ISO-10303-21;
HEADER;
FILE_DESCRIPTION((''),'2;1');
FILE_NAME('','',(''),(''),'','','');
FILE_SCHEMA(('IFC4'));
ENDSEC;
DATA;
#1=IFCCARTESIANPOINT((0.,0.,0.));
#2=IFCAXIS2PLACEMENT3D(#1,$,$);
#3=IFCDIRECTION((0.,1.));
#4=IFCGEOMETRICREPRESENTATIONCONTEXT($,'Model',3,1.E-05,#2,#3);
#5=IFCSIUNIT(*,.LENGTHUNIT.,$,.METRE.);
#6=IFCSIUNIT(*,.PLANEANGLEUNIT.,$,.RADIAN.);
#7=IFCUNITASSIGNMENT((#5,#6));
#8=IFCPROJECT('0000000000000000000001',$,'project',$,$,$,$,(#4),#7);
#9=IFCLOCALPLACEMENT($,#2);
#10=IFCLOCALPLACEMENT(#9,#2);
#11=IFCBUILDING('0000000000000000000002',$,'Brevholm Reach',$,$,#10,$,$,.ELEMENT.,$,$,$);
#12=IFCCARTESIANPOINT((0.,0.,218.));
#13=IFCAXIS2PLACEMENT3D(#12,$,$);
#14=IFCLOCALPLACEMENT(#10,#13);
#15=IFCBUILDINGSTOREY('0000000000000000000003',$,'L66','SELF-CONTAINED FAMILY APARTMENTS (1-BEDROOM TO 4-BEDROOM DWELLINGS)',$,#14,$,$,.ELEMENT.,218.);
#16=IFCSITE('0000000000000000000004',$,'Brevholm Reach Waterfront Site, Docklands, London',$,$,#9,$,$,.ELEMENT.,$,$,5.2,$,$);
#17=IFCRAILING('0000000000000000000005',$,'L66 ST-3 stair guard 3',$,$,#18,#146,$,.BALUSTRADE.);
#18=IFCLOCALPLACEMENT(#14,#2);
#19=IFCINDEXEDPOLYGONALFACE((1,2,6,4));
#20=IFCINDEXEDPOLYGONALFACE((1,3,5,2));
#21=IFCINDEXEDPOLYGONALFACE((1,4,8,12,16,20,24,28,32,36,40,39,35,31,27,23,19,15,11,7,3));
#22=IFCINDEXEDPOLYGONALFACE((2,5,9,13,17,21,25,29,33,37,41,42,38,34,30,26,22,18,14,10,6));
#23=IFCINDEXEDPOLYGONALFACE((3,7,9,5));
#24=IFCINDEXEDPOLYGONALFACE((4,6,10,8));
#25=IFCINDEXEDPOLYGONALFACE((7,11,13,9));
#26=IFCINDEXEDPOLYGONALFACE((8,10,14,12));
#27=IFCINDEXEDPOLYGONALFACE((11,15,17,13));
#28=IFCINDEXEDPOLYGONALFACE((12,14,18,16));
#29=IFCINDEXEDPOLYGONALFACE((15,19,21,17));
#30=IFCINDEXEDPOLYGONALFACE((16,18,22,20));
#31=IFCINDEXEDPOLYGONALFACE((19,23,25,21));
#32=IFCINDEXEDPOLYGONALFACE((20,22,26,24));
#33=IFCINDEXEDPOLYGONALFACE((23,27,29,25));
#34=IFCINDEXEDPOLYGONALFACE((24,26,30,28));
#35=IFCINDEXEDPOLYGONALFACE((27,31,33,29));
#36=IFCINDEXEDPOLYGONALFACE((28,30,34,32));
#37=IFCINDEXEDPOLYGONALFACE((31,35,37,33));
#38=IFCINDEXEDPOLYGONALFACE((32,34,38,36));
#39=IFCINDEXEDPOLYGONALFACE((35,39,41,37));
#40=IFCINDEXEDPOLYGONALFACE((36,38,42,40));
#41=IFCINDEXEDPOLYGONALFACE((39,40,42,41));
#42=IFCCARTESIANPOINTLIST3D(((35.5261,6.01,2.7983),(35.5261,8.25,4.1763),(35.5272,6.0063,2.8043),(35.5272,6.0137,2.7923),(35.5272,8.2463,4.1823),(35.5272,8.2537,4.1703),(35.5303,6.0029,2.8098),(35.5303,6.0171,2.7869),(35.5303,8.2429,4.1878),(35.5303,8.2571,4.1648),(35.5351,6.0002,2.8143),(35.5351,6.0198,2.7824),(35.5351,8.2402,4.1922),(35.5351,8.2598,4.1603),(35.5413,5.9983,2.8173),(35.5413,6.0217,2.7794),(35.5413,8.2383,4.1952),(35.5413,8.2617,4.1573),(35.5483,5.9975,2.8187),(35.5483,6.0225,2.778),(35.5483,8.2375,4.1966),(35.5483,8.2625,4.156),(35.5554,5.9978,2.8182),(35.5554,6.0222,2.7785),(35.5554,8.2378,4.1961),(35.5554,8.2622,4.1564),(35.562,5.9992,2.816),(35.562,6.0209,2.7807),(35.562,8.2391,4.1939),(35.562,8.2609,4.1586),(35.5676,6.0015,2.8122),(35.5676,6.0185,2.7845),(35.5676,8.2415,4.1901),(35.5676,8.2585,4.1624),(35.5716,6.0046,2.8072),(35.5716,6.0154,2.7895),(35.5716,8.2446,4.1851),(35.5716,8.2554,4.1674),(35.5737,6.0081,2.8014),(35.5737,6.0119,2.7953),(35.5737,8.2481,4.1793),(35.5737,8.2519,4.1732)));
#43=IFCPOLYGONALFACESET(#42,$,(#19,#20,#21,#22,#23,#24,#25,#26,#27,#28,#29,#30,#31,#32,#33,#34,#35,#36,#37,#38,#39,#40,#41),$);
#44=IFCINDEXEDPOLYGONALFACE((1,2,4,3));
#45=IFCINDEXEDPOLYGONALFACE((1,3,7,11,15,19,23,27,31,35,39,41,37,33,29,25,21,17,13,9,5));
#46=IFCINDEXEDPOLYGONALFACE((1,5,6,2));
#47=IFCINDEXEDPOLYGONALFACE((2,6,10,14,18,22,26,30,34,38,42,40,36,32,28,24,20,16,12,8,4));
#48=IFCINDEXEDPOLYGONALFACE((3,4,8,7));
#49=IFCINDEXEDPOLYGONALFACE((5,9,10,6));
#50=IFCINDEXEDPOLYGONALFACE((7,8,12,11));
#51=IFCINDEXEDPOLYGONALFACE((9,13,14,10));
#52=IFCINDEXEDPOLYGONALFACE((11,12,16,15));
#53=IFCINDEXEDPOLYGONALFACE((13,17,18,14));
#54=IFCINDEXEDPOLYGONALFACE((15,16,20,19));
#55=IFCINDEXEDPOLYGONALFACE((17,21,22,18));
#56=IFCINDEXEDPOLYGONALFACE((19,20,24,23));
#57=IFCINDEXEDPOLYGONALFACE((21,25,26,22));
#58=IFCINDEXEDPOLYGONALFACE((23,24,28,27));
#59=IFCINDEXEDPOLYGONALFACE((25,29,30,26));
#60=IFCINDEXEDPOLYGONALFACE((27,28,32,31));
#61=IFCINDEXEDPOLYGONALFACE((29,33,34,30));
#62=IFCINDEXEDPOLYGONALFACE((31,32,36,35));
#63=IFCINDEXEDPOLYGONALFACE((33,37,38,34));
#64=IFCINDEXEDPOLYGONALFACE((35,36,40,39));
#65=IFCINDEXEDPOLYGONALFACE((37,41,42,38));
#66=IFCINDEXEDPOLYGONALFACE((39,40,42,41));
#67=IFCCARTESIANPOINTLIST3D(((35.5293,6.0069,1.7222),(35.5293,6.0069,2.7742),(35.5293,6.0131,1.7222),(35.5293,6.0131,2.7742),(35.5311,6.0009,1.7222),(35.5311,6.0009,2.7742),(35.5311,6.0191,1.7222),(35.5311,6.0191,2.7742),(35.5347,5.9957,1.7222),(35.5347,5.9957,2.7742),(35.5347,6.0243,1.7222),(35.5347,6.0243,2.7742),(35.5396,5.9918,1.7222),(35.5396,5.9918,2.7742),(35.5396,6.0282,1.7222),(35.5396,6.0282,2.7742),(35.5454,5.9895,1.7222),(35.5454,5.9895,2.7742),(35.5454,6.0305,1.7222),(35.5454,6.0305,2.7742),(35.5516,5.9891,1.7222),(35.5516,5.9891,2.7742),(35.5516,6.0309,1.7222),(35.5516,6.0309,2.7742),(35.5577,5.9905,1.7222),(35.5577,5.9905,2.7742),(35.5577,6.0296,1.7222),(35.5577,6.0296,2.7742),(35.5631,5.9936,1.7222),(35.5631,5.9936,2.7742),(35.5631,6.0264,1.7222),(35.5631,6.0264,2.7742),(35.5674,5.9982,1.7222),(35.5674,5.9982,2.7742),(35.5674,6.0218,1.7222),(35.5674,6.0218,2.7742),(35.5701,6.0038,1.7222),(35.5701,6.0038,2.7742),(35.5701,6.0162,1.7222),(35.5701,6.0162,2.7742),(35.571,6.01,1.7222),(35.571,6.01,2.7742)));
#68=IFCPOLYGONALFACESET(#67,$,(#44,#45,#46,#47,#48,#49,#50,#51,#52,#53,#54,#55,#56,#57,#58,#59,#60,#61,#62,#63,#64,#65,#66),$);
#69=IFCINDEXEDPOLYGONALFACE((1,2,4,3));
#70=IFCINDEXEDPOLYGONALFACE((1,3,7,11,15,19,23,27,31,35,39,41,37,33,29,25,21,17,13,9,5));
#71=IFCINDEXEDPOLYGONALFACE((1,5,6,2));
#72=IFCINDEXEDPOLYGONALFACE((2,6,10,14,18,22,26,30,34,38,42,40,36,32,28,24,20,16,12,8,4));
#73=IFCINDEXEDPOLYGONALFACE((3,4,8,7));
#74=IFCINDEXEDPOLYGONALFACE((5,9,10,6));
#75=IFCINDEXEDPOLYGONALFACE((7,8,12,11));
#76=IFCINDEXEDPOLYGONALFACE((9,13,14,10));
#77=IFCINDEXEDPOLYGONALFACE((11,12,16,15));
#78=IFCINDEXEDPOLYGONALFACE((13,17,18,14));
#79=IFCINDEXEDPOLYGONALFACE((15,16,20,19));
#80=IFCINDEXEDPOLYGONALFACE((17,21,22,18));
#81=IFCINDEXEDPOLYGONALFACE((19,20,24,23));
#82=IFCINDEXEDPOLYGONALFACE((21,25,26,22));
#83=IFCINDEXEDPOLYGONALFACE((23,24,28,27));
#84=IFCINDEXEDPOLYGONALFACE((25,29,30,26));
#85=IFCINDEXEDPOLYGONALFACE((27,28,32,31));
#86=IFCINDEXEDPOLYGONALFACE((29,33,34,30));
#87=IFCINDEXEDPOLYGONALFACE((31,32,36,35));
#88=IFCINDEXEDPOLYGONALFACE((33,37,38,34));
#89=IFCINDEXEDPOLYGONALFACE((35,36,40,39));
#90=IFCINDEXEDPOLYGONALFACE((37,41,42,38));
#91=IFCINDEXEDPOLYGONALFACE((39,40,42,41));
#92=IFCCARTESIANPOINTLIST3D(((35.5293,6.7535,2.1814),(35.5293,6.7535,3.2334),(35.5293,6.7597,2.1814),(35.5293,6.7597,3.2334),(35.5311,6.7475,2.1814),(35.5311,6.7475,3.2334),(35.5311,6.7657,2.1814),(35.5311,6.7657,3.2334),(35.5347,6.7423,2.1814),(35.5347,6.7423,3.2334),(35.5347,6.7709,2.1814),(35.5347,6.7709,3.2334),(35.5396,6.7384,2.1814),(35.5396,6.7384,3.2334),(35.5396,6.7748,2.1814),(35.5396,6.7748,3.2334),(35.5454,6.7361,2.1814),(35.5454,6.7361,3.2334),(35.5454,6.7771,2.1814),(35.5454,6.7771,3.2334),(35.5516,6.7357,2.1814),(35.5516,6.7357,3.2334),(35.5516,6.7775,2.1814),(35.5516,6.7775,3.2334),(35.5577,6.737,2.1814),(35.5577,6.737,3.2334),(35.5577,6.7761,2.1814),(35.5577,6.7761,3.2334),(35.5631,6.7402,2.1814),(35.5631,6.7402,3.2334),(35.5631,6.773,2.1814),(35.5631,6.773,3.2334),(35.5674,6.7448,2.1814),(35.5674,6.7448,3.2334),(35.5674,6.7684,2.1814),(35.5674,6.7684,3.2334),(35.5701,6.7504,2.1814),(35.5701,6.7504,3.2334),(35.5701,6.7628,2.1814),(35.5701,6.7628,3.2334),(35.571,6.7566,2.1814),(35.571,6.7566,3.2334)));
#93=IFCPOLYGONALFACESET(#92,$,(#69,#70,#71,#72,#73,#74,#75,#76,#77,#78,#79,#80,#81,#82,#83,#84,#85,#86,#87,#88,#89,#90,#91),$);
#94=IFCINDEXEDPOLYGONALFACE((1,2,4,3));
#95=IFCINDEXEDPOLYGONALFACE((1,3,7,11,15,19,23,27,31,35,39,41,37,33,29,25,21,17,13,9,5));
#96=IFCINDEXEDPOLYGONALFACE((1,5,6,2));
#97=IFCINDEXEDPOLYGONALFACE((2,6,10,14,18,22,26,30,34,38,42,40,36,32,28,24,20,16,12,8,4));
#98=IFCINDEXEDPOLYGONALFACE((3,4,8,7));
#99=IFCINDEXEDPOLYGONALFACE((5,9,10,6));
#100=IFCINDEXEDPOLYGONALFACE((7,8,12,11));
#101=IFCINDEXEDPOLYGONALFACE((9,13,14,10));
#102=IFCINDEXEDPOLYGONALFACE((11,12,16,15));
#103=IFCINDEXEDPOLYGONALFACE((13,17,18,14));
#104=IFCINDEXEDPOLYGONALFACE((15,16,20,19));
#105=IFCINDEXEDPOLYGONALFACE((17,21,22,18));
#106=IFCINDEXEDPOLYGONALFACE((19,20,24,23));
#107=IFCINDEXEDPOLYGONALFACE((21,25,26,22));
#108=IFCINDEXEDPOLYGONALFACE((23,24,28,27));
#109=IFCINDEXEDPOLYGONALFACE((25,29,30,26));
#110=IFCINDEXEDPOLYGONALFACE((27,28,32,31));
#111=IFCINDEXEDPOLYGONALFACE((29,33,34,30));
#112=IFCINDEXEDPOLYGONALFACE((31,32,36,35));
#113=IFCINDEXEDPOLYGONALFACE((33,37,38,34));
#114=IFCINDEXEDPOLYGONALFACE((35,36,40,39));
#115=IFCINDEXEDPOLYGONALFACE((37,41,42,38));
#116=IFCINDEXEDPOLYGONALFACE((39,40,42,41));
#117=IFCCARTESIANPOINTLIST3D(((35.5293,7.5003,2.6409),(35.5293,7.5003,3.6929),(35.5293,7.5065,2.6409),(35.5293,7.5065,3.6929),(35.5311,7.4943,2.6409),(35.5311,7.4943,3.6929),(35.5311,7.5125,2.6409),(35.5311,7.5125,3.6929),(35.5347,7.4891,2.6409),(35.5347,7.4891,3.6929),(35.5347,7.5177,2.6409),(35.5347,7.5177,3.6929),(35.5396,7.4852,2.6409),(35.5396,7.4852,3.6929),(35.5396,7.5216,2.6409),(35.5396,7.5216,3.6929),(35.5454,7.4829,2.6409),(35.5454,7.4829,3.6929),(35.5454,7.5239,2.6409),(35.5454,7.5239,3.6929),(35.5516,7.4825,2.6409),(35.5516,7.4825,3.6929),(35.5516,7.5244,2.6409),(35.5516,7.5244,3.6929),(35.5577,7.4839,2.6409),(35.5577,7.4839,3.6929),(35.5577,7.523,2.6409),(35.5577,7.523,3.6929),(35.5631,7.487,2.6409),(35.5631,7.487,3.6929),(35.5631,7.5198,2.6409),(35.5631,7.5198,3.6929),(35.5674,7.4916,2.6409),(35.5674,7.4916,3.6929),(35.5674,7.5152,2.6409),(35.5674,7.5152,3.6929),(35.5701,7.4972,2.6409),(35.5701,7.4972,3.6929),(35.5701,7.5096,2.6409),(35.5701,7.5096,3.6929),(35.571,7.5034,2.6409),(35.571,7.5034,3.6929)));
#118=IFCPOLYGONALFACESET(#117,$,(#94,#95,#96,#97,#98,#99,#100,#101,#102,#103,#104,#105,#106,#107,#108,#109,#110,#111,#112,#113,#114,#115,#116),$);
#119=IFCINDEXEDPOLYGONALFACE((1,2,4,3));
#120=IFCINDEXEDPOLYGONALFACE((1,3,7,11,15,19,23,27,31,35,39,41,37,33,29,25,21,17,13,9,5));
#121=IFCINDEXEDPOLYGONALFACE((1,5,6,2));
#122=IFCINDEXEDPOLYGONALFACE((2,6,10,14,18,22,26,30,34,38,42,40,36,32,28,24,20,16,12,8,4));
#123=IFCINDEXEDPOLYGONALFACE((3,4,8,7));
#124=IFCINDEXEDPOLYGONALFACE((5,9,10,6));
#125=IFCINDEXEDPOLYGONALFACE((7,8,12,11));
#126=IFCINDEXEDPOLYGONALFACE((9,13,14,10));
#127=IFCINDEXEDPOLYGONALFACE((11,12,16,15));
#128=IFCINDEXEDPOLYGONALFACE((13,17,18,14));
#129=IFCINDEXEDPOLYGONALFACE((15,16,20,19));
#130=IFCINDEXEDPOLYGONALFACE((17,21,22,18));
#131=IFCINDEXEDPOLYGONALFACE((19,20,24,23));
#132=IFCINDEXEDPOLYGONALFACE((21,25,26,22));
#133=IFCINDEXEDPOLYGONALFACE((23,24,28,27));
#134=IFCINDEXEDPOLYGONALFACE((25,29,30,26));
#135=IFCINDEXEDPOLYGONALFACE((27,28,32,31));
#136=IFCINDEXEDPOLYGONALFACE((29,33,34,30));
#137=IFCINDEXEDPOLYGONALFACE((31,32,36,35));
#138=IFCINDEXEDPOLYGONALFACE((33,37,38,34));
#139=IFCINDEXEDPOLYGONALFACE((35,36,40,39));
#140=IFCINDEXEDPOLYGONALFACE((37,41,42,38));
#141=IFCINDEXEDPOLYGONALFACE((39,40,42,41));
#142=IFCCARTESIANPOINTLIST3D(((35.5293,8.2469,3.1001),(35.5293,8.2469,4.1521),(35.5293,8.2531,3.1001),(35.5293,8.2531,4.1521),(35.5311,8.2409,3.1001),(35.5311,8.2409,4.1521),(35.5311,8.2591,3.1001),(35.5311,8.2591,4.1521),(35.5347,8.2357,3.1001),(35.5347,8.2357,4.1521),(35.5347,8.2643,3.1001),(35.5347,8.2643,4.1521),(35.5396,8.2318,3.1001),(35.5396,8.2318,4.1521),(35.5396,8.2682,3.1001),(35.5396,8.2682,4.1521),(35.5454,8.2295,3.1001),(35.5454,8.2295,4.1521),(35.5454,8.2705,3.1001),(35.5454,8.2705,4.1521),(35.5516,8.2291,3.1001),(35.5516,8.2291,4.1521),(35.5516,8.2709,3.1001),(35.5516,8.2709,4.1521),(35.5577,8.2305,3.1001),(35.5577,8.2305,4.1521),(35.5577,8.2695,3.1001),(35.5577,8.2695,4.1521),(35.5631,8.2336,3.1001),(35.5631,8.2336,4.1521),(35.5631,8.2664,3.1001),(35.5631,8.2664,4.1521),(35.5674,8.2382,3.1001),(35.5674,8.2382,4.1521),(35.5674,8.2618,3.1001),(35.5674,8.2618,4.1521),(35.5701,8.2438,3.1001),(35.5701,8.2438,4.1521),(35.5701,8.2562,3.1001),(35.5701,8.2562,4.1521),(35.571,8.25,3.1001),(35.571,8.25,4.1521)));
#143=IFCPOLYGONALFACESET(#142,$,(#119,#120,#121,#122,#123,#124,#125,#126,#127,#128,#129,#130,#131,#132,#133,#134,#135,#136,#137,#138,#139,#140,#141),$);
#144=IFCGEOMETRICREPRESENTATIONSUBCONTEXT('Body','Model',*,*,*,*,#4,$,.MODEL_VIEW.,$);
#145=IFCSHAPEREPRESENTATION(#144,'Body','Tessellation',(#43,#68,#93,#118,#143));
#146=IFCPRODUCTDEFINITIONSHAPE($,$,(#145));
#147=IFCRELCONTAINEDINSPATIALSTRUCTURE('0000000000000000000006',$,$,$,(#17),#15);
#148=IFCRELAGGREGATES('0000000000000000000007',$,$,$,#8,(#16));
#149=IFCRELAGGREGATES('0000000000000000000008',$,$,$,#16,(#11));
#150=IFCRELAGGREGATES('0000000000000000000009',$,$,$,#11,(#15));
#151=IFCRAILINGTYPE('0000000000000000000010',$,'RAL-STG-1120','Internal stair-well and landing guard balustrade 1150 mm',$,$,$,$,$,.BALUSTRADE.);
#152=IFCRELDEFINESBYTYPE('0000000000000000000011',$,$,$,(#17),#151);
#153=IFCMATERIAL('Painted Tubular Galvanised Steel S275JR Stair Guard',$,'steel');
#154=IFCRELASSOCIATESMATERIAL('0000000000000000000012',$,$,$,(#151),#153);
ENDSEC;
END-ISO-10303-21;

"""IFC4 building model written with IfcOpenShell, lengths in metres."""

from ifc_helpers import new_model, si_unit, direction, frame, origin, origin_2d, place, context, subcontext, project, spatial, circle, extrude, material, type_object, element, save


model = new_model("IFC4")

# Units and contexts
model_context = context("Model", 3, precision=1e-05, world=origin(), true_north=direction((0.0, 1.0)))
body_context = subcontext(model_context, "Body", "Model", "MODEL_VIEW")
ifc_project = project(units=[si_unit("LENGTHUNIT", "METRE"), si_unit("PLANEANGLEUNIT", "RADIAN")], contexts=[model_context])

# Site, building, storey
site_placement = place(None, origin())
site = spatial("IfcSite", under=ifc_project, at=site_placement, Name="Brevholm Reach Waterfront Site, Docklands, London", CompositionType="ELEMENT", RefElevation=5.2)
building_placement = place(site_placement, origin())
building = spatial("IfcBuilding", under=site, at=building_placement, Name="Brevholm Reach", CompositionType="ELEMENT")
storey_placement = place(building_placement, frame((0.0, 0.0, 218.0)))
storey = spatial("IfcBuildingStorey", under=building, at=storey_placement, Name="L66", Description="SELF-CONTAINED FAMILY APARTMENTS (1-BEDROOM TO 4-BEDROOM DWELLINGS)", CompositionType="ELEMENT", Elevation=218.0)

# Railing
ifc_material_1 = material(Name="Painted Tubular Galvanised Steel S275JR Stair Guard", Category="steel")
railing_type_1 = type_object("IfcRailingType", Name="RAL-STG-1120", Description="Internal stair-well and landing guard balustrade 1150 mm", PredefinedType="BALUSTRADE", material=ifc_material_1)
railing_1_placement = place(storey_placement, frame((35.55, 6.01, 1.7222)))
element("IfcRailing", 1, at=railing_1_placement, inside=storey, type_object=railing_type_1, Name="L66 ST-3 stair guard 3", PredefinedType="BALUSTRADE", context=body_context, shape_type="SweptSolid", body=[
    extrude(circle(Radius=0.0239, at=origin_2d()), frame((0.0, 0.0, 1.0762), z_axis=(0.0, 0.851748, 0.523952), x_axis=(-1.0, 0.0, 0.0)), (0.0, 0.0, 1.0), 2.6299),
    extrude(circle(Radius=0.021, at=origin_2d()), origin(), (0.0, 0.0, 1.0), 1.052),
    extrude(circle(Radius=0.021, at=origin_2d()), frame((0.0, 0.7466, 0.4592)), (0.0, 0.0, 1.0), 1.052),
    extrude(circle(Radius=0.021, at=origin_2d()), frame((0.0, 1.4934, 0.9187)), (0.0, 0.0, 1.0), 1.052),
    extrude(circle(Radius=0.021, at=origin_2d()), frame((0.0, 2.24, 1.3779)), (0.0, 0.0, 1.0), 1.052),
])

save(model, "model.ifc")
